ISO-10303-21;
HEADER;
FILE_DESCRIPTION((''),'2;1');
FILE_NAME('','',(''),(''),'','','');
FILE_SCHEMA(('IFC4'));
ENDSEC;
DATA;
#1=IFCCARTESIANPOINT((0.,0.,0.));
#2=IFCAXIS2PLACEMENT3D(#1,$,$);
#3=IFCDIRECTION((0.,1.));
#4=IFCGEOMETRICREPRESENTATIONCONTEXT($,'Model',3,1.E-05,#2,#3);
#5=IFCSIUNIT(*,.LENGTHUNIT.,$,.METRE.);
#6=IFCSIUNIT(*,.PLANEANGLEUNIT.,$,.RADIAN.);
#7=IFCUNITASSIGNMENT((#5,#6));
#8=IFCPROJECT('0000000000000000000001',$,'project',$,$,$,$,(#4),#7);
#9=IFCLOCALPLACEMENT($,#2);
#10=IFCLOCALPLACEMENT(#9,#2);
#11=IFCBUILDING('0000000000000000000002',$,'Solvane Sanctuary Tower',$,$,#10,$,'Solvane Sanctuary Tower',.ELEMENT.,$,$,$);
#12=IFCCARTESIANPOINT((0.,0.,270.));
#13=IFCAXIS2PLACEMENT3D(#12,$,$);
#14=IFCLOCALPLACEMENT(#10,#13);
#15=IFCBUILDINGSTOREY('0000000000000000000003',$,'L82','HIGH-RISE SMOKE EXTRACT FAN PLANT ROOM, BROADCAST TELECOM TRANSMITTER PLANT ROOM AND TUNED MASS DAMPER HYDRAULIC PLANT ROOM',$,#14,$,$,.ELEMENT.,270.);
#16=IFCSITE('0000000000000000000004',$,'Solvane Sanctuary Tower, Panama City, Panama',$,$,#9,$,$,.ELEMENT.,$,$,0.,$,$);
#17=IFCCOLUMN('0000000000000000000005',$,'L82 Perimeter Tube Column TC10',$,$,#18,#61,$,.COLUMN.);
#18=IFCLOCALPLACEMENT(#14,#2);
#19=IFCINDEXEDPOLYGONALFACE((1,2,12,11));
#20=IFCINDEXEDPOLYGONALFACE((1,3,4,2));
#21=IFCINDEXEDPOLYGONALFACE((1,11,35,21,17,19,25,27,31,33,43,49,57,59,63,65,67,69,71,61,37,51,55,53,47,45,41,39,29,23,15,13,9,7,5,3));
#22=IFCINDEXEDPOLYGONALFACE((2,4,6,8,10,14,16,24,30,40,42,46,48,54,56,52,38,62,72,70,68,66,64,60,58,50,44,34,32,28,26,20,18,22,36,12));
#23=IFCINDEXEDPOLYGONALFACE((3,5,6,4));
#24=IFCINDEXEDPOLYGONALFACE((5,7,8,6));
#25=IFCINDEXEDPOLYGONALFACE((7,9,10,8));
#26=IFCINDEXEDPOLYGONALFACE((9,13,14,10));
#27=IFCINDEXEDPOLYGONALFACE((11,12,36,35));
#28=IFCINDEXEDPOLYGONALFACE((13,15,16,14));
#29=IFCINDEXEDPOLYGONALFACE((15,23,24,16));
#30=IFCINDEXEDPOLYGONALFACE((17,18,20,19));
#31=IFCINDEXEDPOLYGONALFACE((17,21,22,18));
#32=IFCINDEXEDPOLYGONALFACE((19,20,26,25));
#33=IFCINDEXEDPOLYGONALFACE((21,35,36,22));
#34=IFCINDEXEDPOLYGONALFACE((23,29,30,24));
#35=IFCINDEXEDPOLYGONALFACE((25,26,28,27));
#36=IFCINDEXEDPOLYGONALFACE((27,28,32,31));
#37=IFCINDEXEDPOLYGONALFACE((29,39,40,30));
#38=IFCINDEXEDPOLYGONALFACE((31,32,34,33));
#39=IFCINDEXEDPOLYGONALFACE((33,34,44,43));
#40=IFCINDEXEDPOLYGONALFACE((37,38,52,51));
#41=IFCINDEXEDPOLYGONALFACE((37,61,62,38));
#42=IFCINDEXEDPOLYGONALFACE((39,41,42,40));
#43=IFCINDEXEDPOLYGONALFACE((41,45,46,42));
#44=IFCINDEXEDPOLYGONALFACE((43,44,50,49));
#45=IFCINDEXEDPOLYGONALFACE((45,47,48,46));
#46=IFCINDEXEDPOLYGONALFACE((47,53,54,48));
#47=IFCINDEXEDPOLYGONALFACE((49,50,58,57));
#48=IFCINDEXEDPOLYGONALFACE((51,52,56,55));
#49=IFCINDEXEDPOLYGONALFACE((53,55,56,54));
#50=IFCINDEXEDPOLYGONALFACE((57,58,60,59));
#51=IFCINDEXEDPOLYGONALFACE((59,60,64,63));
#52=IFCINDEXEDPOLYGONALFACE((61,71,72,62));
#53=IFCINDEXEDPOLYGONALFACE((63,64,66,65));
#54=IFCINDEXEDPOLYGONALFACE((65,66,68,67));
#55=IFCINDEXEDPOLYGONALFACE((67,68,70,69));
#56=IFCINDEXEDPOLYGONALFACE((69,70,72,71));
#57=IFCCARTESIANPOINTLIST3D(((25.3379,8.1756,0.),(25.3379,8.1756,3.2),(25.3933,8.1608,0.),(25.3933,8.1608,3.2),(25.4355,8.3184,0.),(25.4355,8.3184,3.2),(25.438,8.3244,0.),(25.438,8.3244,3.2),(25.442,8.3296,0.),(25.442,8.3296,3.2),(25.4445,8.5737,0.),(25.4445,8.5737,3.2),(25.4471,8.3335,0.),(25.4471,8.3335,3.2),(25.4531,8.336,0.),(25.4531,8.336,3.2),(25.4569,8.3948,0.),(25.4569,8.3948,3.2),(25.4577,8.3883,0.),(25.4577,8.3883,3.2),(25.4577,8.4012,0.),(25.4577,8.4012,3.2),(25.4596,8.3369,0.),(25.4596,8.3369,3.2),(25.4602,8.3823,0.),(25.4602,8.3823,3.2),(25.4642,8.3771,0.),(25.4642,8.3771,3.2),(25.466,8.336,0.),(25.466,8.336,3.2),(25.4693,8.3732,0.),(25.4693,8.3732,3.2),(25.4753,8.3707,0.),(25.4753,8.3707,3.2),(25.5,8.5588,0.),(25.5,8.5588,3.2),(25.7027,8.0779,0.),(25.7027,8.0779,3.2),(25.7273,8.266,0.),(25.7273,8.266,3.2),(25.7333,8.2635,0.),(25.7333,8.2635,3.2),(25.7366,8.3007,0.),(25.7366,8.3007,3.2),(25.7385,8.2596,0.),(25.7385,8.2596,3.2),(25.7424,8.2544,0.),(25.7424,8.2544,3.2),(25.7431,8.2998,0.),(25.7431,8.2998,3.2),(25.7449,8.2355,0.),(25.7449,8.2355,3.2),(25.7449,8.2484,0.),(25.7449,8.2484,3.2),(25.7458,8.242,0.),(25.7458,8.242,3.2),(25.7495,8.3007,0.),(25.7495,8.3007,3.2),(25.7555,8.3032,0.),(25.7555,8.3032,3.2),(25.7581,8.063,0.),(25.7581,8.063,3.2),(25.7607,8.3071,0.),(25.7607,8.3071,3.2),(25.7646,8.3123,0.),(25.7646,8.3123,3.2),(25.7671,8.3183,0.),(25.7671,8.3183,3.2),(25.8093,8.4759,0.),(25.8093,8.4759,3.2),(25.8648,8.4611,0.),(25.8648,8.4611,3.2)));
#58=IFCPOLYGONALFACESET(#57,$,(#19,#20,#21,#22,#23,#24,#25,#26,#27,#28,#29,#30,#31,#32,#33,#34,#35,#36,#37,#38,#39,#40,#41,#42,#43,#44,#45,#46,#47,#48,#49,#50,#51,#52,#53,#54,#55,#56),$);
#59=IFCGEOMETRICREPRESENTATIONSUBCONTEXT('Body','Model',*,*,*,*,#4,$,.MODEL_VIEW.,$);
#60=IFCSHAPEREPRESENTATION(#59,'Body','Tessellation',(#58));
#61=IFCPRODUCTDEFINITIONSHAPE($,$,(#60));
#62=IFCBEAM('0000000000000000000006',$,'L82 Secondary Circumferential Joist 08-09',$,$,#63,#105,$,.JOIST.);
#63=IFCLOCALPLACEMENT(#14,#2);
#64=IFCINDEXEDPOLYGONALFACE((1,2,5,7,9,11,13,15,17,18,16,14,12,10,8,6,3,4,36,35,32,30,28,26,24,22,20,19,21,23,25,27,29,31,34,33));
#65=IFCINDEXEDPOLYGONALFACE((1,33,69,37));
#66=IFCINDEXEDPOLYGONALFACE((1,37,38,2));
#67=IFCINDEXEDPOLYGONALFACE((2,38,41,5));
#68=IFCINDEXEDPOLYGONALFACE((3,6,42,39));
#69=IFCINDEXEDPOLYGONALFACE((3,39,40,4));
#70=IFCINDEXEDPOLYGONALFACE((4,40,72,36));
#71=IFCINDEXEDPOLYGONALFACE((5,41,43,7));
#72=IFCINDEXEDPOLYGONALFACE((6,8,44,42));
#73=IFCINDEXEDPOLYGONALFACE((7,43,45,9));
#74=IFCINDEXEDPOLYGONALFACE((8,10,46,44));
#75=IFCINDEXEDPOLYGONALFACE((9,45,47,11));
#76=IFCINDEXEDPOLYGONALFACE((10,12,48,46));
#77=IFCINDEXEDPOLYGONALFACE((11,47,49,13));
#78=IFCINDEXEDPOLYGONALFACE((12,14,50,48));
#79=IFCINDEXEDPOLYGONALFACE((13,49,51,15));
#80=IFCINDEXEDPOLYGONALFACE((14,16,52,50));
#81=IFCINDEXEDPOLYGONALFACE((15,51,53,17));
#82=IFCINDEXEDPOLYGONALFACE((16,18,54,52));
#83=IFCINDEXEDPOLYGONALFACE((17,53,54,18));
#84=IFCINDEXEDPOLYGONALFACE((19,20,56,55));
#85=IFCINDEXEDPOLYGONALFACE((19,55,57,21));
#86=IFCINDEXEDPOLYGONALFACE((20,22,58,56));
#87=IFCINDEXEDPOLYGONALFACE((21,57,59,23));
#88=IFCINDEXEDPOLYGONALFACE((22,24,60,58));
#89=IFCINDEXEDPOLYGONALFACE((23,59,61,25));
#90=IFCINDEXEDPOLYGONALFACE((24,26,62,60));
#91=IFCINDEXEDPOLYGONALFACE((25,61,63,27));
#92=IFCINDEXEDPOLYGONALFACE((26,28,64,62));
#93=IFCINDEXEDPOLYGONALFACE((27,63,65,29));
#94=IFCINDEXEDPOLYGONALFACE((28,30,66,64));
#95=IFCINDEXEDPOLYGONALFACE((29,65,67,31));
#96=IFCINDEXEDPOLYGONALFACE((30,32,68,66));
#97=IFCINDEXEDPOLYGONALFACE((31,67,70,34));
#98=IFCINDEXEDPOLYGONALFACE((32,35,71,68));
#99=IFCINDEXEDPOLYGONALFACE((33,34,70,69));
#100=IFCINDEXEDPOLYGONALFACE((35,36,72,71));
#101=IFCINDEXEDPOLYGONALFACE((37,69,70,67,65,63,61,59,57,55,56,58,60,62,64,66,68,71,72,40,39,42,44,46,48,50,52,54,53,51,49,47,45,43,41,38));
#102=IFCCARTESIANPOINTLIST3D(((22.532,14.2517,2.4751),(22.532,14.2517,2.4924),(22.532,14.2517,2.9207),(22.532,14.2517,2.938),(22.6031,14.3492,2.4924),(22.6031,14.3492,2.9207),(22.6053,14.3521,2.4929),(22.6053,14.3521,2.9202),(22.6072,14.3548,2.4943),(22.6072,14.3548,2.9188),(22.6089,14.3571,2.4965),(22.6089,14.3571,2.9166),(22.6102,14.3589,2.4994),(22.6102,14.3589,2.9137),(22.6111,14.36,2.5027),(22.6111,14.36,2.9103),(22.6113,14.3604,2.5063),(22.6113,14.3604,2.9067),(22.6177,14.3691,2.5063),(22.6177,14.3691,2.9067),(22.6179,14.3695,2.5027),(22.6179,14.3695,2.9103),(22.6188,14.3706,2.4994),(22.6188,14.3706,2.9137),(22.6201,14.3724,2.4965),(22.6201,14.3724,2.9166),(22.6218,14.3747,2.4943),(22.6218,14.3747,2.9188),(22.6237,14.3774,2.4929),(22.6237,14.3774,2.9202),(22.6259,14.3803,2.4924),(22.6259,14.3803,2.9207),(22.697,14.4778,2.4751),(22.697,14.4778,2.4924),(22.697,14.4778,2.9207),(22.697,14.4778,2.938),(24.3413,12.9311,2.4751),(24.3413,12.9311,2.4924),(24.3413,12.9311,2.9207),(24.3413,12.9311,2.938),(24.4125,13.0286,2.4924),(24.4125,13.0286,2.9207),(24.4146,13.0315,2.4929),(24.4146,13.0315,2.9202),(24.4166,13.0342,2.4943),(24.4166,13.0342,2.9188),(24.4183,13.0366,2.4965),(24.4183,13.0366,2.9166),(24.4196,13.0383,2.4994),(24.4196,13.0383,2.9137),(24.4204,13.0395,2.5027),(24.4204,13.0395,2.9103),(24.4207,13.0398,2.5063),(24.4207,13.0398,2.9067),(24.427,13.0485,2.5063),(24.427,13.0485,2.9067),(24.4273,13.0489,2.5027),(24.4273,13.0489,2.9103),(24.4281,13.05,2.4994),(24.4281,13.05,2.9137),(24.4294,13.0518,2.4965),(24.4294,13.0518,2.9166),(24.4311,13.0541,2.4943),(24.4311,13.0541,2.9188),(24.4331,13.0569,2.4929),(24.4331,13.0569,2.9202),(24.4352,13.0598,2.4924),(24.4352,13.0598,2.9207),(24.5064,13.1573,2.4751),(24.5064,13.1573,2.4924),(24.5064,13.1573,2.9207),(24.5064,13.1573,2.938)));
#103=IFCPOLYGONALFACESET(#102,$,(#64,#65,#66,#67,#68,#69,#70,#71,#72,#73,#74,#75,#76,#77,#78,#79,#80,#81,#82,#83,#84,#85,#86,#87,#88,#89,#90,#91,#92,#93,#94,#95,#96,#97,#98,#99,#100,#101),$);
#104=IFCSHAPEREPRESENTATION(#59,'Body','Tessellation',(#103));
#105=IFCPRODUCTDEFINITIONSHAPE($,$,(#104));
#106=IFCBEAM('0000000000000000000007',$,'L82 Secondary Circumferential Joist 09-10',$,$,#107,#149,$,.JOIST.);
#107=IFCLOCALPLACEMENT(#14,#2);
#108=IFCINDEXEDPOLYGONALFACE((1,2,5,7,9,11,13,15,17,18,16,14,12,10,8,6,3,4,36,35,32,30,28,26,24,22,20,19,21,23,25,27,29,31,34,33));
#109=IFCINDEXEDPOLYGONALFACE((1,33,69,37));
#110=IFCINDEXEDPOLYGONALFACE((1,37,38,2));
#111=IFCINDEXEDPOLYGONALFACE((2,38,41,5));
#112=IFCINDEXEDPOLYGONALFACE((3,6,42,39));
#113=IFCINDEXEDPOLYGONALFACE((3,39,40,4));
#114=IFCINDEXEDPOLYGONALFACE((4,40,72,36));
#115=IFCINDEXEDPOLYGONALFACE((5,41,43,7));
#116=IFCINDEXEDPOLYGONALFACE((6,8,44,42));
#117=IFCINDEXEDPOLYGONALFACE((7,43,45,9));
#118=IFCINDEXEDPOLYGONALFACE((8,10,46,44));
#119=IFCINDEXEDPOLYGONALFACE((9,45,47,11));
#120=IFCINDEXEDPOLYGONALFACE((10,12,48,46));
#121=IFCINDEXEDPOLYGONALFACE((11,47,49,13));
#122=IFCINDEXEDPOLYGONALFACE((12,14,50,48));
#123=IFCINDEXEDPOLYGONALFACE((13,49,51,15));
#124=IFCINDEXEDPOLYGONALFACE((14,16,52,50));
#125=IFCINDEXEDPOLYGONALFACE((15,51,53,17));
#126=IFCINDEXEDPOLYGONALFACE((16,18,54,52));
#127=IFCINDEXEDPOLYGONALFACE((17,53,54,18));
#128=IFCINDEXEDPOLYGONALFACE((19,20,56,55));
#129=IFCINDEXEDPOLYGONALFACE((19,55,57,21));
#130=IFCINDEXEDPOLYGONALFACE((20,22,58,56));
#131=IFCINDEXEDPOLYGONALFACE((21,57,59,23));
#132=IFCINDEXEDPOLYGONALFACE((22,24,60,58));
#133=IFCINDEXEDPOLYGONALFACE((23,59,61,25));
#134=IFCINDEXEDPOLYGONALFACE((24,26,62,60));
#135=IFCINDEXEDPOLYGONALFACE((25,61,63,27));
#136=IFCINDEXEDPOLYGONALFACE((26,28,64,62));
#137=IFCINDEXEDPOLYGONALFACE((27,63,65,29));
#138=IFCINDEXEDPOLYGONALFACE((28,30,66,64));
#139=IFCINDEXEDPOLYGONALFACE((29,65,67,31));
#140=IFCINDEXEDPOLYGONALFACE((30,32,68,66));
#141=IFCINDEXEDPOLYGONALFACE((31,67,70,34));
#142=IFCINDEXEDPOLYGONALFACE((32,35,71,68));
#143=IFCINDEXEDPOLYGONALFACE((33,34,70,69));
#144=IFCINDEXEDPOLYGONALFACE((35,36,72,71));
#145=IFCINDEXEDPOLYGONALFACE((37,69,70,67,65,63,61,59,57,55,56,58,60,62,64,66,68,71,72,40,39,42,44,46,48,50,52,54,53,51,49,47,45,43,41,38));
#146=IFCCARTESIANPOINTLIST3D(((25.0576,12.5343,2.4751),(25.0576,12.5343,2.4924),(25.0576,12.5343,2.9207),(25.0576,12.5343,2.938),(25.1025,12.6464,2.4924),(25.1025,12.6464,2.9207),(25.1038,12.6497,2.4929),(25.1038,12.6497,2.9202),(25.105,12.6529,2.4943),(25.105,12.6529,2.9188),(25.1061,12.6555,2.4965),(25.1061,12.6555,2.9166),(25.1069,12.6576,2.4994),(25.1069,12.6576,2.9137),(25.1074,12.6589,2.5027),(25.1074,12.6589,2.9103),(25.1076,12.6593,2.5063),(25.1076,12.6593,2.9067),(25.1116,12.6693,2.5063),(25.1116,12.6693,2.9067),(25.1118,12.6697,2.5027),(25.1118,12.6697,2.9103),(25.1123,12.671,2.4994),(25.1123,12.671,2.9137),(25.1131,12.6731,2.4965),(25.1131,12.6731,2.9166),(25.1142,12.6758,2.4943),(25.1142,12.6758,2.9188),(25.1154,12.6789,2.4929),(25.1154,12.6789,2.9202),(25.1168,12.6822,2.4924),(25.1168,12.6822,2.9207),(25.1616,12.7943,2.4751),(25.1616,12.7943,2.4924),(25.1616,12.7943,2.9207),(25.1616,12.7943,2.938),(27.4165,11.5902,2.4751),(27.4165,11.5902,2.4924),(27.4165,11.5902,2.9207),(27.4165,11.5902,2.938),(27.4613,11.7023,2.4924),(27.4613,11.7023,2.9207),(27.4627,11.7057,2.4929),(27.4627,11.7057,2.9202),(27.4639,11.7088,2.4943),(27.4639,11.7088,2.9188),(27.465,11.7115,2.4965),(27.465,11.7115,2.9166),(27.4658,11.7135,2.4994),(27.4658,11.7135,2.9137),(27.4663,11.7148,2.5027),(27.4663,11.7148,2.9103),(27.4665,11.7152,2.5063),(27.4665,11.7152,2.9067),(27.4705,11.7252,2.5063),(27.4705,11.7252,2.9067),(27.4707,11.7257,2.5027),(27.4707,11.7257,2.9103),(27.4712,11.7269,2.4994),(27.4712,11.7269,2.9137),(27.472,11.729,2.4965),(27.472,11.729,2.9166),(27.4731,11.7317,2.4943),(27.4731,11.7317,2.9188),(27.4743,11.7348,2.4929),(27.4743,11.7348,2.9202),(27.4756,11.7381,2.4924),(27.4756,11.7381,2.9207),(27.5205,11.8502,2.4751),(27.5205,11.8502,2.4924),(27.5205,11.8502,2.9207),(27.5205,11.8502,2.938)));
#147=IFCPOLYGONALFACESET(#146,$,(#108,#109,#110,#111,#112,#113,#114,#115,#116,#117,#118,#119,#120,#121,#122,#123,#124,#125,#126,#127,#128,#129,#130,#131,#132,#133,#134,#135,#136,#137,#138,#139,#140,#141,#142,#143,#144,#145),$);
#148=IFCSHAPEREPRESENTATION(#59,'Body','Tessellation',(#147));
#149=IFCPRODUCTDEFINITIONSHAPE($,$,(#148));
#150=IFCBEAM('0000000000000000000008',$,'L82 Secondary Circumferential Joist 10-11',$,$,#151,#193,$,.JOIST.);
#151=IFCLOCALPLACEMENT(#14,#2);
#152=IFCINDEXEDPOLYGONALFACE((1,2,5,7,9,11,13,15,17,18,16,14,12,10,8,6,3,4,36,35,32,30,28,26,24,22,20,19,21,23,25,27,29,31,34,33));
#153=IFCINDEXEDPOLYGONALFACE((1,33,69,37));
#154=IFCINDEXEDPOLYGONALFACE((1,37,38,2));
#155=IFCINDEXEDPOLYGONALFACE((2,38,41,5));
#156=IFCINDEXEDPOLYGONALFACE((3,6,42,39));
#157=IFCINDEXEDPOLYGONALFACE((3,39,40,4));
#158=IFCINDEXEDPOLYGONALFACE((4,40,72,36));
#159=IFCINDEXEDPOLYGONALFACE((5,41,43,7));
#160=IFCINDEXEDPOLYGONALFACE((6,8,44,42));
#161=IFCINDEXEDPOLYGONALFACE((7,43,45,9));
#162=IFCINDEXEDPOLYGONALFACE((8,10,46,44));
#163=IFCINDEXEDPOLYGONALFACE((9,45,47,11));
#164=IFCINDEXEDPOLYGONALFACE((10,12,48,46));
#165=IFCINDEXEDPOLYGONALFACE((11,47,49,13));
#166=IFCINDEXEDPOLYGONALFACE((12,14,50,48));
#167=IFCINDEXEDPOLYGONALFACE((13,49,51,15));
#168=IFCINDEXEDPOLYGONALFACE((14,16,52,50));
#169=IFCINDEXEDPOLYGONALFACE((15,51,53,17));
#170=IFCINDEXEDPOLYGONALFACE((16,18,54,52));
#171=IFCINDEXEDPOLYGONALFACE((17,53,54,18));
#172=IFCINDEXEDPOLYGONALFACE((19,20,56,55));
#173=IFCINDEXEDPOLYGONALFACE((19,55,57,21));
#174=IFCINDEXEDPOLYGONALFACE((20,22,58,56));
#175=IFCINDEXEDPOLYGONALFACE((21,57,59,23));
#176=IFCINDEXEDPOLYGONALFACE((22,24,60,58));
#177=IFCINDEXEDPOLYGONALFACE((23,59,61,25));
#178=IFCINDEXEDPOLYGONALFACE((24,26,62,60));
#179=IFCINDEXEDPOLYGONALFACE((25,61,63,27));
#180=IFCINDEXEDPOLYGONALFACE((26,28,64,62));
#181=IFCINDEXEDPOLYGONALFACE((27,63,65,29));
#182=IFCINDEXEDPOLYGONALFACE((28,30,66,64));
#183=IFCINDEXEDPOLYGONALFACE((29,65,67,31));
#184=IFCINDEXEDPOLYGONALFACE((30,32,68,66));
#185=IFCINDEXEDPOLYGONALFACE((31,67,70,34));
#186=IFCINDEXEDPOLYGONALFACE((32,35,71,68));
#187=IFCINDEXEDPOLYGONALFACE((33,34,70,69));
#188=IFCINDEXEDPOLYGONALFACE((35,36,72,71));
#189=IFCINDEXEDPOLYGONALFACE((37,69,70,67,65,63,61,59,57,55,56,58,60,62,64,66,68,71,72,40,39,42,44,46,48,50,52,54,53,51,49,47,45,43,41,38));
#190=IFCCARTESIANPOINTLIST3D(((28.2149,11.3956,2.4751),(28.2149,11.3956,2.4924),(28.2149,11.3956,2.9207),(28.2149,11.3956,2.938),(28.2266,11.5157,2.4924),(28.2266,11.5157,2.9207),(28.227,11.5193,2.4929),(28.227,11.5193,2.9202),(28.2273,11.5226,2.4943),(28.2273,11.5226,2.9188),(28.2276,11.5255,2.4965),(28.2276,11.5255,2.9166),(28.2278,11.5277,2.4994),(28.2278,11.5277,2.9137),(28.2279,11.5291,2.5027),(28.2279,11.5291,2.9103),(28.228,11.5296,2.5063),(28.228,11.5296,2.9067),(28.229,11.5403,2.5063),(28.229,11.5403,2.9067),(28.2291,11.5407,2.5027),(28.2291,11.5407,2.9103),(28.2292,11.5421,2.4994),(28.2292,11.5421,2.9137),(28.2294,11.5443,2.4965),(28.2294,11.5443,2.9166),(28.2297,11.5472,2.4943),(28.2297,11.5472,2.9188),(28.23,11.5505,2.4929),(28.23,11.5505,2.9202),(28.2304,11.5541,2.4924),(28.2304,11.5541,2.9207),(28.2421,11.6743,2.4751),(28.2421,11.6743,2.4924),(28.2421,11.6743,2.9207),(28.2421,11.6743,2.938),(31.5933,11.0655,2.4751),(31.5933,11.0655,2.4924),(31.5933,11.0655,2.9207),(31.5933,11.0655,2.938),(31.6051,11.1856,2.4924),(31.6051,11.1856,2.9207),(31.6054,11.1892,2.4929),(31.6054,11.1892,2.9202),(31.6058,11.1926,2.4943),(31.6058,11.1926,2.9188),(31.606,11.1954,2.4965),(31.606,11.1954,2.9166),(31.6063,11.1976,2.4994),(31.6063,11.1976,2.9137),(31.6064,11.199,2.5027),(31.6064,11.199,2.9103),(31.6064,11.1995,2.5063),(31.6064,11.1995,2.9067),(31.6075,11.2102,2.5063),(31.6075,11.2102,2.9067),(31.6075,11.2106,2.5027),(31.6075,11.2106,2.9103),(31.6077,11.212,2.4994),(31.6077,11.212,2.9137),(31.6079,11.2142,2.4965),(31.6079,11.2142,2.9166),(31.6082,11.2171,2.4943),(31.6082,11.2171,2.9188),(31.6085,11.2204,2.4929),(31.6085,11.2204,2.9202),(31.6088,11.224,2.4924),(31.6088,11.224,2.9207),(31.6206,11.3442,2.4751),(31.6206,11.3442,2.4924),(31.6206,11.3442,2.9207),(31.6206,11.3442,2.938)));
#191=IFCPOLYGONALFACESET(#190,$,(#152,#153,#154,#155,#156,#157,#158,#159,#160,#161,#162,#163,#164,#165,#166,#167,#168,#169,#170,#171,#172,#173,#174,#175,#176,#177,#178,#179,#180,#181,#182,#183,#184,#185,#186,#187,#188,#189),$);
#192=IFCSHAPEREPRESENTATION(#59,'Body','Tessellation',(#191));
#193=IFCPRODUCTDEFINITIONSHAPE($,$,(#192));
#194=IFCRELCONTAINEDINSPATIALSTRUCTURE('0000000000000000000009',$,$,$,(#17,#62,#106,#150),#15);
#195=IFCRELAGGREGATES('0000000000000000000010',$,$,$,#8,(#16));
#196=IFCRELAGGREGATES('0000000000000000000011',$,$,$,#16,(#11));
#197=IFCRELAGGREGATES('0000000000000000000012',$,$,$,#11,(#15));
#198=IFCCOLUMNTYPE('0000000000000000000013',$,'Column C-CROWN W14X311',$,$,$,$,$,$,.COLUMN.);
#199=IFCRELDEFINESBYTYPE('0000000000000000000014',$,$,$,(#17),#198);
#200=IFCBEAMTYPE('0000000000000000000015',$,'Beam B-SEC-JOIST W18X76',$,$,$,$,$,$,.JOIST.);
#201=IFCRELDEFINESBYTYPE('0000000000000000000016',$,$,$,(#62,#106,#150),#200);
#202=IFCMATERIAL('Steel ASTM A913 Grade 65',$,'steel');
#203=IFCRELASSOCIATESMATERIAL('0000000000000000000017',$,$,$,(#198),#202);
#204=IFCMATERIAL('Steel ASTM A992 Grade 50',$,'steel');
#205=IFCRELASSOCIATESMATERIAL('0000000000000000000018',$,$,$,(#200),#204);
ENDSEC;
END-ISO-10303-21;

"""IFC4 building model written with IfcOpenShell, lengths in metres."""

from ifc_helpers import new_model, si_unit, direction, frame, origin, origin_2d, place, context, subcontext, project, spatial, i_section, extrude, material, material_profile, profile_set, type_object, element, save


model = new_model("IFC4")

# Units and contexts
model_context = context("Model", 3, precision=1e-05, world=origin(), true_north=direction((0.0, 1.0)))
body_context = subcontext(model_context, "Body", "Model", "MODEL_VIEW")
ifc_project = project(units=[si_unit("LENGTHUNIT", "METRE"), si_unit("PLANEANGLEUNIT", "RADIAN")], contexts=[model_context])

# Site, building, storey
site_placement = place(None, origin())
site = spatial("IfcSite", under=ifc_project, at=site_placement, Name="Solvane Sanctuary Tower, Panama City, Panama", CompositionType="ELEMENT", RefElevation=0.0)
building_placement = place(site_placement, origin())
building = spatial("IfcBuilding", under=site, at=building_placement, Name="Solvane Sanctuary Tower", LongName="Solvane Sanctuary Tower", CompositionType="ELEMENT")
storey_placement = place(building_placement, frame((0.0, 0.0, 270.0)))
storey = spatial("IfcBuildingStorey", under=building, at=storey_placement, Name="L82", Description="HIGH-RISE SMOKE EXTRACT FAN PLANT ROOM, BROADCAST TELECOM TRANSMITTER PLANT ROOM AND TUNED MASS DAMPER HYDRAULIC PLANT ROOM", CompositionType="ELEMENT", Elevation=270.0)

# Column
ifc_material_1 = material(Name="Steel ASTM A913 Grade 65", Category="steel")
ifc_material_profile_1 = material_profile(ifc_material_1, i_section(OverallWidth=0.4121, OverallDepth=0.4351, WebThickness=0.0359, FlangeThickness=0.0574, FilletRadius=0.0249, at=origin_2d()), Name="W14X311")
ifc_profile_set_1 = profile_set([ifc_material_profile_1], Name="Steel ASTM A913 Grade 65")
column_type = type_object("IfcColumnType", Name="Column C-CROWN W14X311", PredefinedType="COLUMN", material=ifc_profile_set_1)
column_placement = place(storey_placement, frame((25.6013, 8.3184, 0.0), z_axis=(0.0, 0.0, 1.0), x_axis=(-0.258819, -0.965926, 0.0)))
element("IfcColumn", 1, at=column_placement, inside=storey, type_object=column_type, Name="L82 Perimeter Tube Column TC10", PredefinedType="COLUMN", context=body_context, shape_type="SweptSolid", body=[
    extrude(i_section(OverallWidth=0.4121, OverallDepth=0.4351, WebThickness=0.0359, FlangeThickness=0.0574, FilletRadius=0.0249, at=origin_2d()), origin(), (0.0, 0.0, 1.0), 3.2),
])

# Beams
ifc_material_2 = material(Name="Steel ASTM A992 Grade 50", Category="steel")
ifc_material_profile_2 = material_profile(ifc_material_2, i_section(OverallWidth=0.28, OverallDepth=0.4629, WebThickness=0.0107, FlangeThickness=0.0173, FilletRadius=0.0139, at=origin_2d()), Name="W18X76")
ifc_profile_set_2 = profile_set([ifc_material_profile_2], Name="Steel ASTM A992 Grade 50")
beam_type_1 = type_object("IfcBeamType", Name="Beam B-SEC-JOIST W18X76", PredefinedType="JOIST", material=ifc_profile_set_2)
beam_1_placement = place(storey_placement, frame((22.6145, 14.3647, 2.7065), z_axis=(0.80774, -0.589538, 0.0), x_axis=(0.589538, 0.80774, 0.0)))
element("IfcBeam", 2, at=beam_1_placement, inside=storey, type_object=beam_type_1, Name="L82 Secondary Circumferential Joist 08-09", PredefinedType="JOIST", context=body_context, shape_type="SweptSolid", body=[
    extrude(i_section(OverallWidth=0.28, OverallDepth=0.4629, WebThickness=0.0107, FlangeThickness=0.0173, FilletRadius=0.0139, at=origin_2d()), origin(), (0.0, 0.0, 1.0), 2.24),
])
beam_2_placement = place(storey_placement, frame((25.1096, 12.6643, 2.7065), z_axis=(0.928404, -0.371573, 0.0), x_axis=(0.371573, 0.928404, 0.0)))
element("IfcBeam", 3, at=beam_2_placement, inside=storey, type_object=beam_type_1, Name="L82 Secondary Circumferential Joist 09-10", PredefinedType="JOIST", context=body_context, shape_type="SweptSolid", body=[
    extrude(i_section(OverallWidth=0.28, OverallDepth=0.4629, WebThickness=0.0107, FlangeThickness=0.0173, FilletRadius=0.0139, at=origin_2d()), origin(), (0.0, 0.0, 1.0), 2.5408),
])
beam_3_placement = place(storey_placement, frame((28.2285, 11.5349, 2.7065), z_axis=(0.995261, -0.097239, 0.0), x_axis=(0.097239, 0.995261, 0.0)))
element("IfcBeam", 4, at=beam_3_placement, inside=storey, type_object=beam_type_1, Name="L82 Secondary Circumferential Joist 10-11", PredefinedType="JOIST", context=body_context, shape_type="SweptSolid", body=[
    extrude(i_section(OverallWidth=0.28, OverallDepth=0.4629, WebThickness=0.0107, FlangeThickness=0.0173, FilletRadius=0.0139, at=origin_2d()), origin(), (0.0, 0.0, 1.0), 3.3945),
])

save(model, "model.ifc")
